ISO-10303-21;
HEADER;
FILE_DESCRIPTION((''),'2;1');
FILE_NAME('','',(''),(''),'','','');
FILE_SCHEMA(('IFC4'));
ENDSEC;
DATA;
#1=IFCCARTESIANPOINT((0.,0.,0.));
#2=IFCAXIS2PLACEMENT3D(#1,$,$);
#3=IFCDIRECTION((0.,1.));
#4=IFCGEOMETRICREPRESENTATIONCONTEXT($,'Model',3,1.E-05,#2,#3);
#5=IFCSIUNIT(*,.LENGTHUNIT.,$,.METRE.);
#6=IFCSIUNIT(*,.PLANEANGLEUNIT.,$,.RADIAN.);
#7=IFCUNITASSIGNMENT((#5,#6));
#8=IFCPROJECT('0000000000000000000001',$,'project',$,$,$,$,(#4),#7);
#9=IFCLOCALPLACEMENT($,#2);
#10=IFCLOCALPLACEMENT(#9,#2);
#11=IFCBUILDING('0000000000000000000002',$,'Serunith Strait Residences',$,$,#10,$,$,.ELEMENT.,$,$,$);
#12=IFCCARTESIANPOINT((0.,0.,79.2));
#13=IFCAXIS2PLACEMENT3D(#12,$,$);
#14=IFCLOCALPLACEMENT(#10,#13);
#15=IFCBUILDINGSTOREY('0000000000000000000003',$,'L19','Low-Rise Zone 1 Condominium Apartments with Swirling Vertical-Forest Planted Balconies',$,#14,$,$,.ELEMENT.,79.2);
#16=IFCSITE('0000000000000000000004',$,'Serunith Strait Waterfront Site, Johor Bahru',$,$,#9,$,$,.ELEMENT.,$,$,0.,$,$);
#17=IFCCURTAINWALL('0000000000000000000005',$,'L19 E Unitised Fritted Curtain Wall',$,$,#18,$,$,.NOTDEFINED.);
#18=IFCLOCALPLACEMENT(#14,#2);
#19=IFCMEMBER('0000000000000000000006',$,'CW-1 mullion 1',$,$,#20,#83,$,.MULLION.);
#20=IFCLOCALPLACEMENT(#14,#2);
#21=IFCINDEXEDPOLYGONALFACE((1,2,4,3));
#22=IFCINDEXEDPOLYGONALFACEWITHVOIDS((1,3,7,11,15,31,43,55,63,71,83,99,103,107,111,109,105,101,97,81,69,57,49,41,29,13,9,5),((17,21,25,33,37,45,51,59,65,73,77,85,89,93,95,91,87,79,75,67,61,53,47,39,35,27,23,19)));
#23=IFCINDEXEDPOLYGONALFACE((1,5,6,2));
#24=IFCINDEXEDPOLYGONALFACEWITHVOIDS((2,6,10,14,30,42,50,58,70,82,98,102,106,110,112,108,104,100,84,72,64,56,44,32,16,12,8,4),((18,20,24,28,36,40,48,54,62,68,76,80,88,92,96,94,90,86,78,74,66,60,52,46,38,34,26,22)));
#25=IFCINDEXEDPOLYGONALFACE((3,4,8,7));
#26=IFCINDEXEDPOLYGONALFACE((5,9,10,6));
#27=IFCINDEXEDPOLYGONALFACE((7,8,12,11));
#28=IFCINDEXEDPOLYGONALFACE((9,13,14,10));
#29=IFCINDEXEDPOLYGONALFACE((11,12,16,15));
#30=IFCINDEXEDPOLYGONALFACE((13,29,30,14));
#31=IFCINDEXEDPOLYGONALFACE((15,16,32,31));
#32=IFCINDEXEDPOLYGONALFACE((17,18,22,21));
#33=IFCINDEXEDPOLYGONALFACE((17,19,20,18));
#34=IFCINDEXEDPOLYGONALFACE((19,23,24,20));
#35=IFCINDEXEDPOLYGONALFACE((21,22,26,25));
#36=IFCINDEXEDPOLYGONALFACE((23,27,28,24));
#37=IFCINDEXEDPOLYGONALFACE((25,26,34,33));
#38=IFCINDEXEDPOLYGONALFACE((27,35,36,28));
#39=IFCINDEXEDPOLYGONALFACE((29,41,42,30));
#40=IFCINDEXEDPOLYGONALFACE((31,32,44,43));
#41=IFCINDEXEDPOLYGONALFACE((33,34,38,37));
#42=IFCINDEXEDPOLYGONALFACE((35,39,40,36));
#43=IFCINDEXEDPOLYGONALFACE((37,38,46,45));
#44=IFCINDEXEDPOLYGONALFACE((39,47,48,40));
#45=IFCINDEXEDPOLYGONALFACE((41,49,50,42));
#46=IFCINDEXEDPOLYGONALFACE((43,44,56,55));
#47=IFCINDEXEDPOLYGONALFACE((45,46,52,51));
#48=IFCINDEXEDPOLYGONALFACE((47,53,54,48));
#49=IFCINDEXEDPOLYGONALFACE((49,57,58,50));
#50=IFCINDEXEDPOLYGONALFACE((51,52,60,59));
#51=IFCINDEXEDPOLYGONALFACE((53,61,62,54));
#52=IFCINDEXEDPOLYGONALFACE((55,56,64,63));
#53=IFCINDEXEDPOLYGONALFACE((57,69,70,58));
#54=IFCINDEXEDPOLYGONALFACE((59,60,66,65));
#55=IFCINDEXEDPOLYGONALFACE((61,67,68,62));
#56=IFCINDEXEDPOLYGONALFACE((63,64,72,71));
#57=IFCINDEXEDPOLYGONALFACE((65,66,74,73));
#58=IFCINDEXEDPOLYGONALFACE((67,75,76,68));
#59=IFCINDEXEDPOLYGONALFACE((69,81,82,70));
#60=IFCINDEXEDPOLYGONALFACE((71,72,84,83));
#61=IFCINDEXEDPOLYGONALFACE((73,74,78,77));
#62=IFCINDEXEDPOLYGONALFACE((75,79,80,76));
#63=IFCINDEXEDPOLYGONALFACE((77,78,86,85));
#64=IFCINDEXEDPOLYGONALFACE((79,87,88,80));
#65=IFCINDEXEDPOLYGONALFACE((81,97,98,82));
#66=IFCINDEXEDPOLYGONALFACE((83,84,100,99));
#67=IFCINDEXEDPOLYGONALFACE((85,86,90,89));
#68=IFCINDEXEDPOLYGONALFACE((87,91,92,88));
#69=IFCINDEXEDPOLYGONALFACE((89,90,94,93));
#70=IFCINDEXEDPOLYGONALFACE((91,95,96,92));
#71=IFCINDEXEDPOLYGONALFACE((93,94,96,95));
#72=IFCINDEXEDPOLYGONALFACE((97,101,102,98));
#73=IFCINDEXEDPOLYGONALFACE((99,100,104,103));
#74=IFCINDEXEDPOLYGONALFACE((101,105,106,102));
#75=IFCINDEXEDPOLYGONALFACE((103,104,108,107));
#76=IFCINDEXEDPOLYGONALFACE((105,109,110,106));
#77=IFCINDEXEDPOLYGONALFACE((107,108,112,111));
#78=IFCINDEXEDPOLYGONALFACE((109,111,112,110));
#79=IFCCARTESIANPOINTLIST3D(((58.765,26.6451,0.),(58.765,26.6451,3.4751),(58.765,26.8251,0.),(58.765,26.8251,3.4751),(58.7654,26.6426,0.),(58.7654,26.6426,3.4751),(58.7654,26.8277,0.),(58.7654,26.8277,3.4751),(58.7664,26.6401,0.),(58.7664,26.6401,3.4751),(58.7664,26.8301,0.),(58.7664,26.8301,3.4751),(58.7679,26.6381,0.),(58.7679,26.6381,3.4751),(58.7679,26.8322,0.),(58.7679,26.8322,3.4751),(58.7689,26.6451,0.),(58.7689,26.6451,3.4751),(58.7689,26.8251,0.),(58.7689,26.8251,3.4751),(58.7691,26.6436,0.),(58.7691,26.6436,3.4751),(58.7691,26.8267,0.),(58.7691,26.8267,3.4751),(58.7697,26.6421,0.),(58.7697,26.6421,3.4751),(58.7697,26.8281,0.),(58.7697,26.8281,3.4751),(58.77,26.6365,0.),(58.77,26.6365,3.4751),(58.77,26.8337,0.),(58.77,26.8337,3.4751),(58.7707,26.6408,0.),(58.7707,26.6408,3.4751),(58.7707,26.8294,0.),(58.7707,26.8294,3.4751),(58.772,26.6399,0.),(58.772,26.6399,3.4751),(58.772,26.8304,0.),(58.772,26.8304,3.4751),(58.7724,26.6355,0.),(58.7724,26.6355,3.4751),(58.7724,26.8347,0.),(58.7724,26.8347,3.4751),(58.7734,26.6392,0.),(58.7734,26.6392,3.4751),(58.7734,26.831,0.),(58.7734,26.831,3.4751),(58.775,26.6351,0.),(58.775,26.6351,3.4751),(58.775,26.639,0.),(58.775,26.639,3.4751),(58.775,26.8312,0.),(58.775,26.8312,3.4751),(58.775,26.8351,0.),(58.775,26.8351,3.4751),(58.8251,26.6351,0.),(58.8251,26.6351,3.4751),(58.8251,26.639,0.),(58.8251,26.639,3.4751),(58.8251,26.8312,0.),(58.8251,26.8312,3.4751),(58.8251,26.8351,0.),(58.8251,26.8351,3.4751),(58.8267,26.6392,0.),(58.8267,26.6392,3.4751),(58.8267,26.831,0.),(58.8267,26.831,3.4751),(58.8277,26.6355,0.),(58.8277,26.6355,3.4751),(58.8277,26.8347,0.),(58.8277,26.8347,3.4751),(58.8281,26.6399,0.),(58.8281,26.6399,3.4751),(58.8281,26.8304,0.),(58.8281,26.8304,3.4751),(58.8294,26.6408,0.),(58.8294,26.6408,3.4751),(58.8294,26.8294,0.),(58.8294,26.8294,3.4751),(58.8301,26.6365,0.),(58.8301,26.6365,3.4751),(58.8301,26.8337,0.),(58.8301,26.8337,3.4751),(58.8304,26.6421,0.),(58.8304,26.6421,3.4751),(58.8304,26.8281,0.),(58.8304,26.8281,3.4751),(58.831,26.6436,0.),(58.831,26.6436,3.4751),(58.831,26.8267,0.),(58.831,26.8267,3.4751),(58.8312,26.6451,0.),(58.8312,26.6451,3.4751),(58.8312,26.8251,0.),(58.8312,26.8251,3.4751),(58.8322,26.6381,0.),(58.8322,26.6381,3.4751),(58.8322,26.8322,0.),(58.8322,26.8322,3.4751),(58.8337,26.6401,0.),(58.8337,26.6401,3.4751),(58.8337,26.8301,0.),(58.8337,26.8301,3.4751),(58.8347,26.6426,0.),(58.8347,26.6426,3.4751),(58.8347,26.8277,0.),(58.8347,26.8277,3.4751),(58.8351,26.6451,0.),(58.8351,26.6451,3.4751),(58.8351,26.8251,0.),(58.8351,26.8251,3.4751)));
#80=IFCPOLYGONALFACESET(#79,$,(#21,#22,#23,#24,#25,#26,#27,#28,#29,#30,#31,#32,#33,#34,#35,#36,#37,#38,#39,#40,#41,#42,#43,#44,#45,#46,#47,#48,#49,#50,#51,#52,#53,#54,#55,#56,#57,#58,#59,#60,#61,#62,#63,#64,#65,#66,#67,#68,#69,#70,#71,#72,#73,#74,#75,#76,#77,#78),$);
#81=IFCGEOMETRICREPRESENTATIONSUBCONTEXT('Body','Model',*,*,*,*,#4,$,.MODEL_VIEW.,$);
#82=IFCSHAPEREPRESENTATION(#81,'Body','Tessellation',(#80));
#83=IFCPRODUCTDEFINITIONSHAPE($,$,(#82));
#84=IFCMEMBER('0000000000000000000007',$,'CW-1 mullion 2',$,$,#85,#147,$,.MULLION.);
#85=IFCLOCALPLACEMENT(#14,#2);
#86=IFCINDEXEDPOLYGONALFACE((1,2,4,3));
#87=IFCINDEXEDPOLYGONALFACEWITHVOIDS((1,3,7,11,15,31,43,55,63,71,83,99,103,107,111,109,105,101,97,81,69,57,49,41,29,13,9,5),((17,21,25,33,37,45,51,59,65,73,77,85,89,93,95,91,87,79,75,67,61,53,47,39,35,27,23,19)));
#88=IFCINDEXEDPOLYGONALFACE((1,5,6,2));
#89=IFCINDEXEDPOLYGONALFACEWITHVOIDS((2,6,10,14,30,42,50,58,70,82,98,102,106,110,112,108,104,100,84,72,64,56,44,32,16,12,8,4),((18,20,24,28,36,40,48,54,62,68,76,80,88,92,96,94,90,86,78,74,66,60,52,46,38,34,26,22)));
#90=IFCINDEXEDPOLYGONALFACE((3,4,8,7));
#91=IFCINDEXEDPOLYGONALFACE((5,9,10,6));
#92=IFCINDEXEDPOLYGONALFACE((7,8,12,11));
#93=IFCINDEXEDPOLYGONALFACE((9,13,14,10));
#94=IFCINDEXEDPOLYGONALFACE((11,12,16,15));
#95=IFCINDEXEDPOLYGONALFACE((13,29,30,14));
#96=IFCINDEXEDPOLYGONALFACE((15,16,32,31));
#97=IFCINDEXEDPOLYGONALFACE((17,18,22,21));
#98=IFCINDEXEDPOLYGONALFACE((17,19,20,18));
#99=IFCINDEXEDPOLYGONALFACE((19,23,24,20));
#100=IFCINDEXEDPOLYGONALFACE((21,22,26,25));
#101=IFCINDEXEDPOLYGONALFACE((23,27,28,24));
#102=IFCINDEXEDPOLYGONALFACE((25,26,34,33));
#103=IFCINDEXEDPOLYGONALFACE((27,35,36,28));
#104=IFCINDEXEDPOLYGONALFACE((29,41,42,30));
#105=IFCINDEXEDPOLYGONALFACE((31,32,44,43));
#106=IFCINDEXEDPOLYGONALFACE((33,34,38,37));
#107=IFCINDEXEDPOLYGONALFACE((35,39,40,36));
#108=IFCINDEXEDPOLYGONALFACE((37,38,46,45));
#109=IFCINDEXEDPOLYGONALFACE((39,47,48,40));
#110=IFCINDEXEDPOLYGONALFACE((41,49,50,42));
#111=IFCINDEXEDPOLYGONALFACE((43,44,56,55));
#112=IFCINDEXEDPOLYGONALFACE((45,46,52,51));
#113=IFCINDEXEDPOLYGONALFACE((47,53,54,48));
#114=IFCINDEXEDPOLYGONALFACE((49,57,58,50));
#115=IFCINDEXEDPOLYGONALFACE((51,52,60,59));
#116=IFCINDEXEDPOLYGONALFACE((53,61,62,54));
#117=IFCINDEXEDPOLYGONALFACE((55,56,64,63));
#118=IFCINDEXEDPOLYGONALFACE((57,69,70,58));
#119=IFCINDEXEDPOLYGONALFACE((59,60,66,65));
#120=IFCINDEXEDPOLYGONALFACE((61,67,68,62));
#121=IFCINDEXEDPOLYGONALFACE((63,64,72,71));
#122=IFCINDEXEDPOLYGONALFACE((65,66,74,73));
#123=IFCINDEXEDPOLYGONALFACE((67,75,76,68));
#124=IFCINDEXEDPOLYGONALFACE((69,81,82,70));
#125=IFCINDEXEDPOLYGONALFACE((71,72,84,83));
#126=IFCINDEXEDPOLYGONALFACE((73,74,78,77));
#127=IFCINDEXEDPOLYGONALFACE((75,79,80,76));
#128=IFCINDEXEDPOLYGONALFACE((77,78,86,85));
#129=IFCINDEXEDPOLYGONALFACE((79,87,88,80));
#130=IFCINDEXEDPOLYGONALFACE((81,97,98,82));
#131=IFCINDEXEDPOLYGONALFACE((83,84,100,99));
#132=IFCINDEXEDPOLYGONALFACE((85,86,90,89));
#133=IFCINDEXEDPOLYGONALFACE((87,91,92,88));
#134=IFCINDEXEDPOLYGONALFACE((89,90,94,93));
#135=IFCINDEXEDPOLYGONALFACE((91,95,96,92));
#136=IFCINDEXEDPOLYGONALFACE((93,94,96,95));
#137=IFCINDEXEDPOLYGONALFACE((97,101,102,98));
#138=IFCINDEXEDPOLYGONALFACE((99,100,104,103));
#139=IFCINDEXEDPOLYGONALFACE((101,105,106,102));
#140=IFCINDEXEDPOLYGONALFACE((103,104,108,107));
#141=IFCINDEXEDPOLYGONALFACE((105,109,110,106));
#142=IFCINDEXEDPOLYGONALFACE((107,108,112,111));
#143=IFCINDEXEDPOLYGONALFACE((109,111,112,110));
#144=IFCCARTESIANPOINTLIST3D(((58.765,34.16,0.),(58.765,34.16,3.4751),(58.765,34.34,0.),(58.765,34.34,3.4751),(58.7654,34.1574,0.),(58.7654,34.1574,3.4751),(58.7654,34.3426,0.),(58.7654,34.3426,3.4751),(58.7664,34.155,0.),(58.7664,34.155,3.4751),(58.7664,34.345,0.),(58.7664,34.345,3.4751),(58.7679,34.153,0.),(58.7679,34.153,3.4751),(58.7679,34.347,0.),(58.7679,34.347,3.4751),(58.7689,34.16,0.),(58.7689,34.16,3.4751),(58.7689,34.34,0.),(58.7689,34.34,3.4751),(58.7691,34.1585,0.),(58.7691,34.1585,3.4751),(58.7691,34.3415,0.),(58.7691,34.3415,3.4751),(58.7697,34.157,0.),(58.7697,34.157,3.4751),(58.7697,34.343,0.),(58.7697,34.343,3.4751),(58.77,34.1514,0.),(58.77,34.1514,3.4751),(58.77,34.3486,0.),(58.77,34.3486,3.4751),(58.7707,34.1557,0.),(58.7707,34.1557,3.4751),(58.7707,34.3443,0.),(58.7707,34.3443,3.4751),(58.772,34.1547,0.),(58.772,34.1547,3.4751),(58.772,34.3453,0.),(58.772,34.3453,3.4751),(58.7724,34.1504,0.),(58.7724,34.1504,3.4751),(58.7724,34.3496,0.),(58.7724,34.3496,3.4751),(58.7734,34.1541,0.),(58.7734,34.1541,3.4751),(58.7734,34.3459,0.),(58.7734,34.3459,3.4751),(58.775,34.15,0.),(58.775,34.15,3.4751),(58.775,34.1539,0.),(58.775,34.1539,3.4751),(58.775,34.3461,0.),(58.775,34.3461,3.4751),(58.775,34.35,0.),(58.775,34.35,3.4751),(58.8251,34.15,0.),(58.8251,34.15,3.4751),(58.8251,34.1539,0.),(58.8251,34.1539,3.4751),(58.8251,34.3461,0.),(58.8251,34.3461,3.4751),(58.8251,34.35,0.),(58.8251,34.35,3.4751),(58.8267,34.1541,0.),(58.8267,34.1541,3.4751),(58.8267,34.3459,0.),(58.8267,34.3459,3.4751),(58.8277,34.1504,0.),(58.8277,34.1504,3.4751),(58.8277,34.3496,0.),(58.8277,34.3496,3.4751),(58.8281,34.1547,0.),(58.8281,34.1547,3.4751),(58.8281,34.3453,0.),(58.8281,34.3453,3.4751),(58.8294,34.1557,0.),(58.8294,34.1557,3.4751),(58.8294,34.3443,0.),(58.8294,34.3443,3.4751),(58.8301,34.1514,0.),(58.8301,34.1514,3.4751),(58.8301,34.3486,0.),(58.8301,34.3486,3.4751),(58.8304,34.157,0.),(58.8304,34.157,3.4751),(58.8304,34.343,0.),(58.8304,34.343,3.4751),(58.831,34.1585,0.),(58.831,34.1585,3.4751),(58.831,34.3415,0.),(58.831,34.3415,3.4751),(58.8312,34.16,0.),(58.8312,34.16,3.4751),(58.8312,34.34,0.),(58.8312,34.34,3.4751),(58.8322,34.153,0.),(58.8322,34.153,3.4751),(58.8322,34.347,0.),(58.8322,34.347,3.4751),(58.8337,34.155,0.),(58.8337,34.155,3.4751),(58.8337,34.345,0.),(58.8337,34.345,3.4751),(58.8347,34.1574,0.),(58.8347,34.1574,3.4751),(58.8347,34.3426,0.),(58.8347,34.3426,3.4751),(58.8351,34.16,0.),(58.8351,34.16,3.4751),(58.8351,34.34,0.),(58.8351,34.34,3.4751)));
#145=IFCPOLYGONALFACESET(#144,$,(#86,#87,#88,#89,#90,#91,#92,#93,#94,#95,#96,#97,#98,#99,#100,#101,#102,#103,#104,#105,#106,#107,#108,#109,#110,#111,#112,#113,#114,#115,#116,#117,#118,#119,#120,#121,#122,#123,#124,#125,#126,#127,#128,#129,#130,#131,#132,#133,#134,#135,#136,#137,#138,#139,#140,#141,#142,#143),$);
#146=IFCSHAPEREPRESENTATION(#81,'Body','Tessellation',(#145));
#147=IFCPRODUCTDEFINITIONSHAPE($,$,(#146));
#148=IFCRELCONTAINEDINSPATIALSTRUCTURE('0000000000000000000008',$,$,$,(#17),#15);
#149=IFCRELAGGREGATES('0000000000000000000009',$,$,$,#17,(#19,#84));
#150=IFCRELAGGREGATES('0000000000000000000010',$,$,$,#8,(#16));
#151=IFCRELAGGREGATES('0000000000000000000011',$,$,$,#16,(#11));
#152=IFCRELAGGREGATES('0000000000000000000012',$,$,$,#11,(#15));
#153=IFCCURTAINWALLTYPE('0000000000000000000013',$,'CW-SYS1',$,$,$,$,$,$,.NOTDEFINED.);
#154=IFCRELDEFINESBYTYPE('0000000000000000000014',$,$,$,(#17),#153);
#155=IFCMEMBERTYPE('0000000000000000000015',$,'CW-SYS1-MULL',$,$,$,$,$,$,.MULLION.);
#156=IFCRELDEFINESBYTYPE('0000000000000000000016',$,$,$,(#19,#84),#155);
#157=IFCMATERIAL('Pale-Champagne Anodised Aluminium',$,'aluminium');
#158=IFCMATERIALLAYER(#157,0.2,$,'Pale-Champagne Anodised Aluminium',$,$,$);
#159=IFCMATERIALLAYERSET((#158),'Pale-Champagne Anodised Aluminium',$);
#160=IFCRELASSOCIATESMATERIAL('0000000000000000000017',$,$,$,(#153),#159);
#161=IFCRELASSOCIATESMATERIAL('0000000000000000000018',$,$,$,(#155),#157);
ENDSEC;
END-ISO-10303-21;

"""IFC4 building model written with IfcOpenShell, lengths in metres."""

from ifc_helpers import new_model, si_unit, direction, frame, origin, origin_2d, place, context, subcontext, project, spatial, hollow_rectangle, extrude, source, transform, mapped, material, layer, layer_set, material_profile, profile_set, type_object, element, aggregate, save


model = new_model("IFC4")

# Units and contexts
model_context = context("Model", 3, precision=1e-05, world=origin(), true_north=direction((0.0, 1.0)))
body_context = subcontext(model_context, "Body", "Model", "MODEL_VIEW")
ifc_project = project(units=[si_unit("LENGTHUNIT", "METRE"), si_unit("PLANEANGLEUNIT", "RADIAN")], contexts=[model_context])

# Site, building, storey
site_placement = place(None, origin())
site = spatial("IfcSite", under=ifc_project, at=site_placement, Name="Serunith Strait Waterfront Site, Johor Bahru", CompositionType="ELEMENT", RefElevation=0.0)
building_placement = place(site_placement, origin())
building = spatial("IfcBuilding", under=site, at=building_placement, Name="Serunith Strait Residences", CompositionType="ELEMENT")
storey_placement = place(building_placement, frame((0.0, 0.0, 79.2)))
storey = spatial("IfcBuildingStorey", under=building, at=storey_placement, Name="L19", Description="Low-Rise Zone 1 Condominium Apartments with Swirling Vertical-Forest Planted Balconies", CompositionType="ELEMENT", Elevation=79.2)

# Curtain wall, members
ifc_material_1 = material(Name="Pale-Champagne Anodised Aluminium", Category="aluminium")
ifc_layer_1 = layer(ifc_material_1, 0.2, Name="Pale-Champagne Anodised Aluminium")
ifc_layer_set_1 = layer_set([ifc_layer_1], Name="Pale-Champagne Anodised Aluminium")
curtain_wall_type = type_object("IfcCurtainWallType", Name="CW-SYS1", PredefinedType="NOTDEFINED", material=ifc_layer_set_1)
curtain_wall_placement = place(storey_placement, origin())
curtain_wall = element("IfcCurtainWall", 1, at=curtain_wall_placement, inside=storey, type_object=curtain_wall_type, Name="L19 E Unitised Fritted Curtain Wall", PredefinedType="NOTDEFINED")
ifc_material_profile_1 = material_profile(ifc_material_1, hollow_rectangle(XDim=0.0701, YDim=0.2, WallThickness=0.0039, InnerFilletRadius=0.0061, OuterFilletRadius=0.01, at=origin_2d()), Name="ALU 200x70x4")
ifc_profile_set_1 = profile_set([ifc_material_profile_1], Name="Pale-Champagne Anodised Aluminium")
member_type_1 = type_object("IfcMemberType", Name="CW-SYS1-MULL", PredefinedType="MULLION", material=ifc_profile_set_1)
shared_shape_1 = source(origin(), body_context, "Body", "SweptSolid", [
    extrude(hollow_rectangle(XDim=0.0701, YDim=0.2, WallThickness=0.0039, InnerFilletRadius=0.0061, OuterFilletRadius=0.01, at=origin_2d()), origin(), (0.0, 0.0, 1.0), 3.4751),
])
member_1_placement = place(storey_placement, frame((58.8, 26.7351, 0.0), z_axis=(0.0, 0.0, 1.0), x_axis=(-1.0, 0.0, 0.0)))
member_1 = element("IfcMember", 2, at=member_1_placement, type_object=member_type_1, Name="CW-1 mullion 1", PredefinedType="MULLION", context=body_context, shape_type="MappedRepresentation", body=[
    mapped(shared_shape_1, transform((0.0, 0.0, 0.0), scale=1.0)),
])
member_2_placement = place(storey_placement, frame((58.8, 34.25, 0.0), z_axis=(0.0, 0.0, 1.0), x_axis=(-1.0, 0.0, 0.0)))
member_2 = element("IfcMember", 3, at=member_2_placement, type_object=member_type_1, Name="CW-1 mullion 2", PredefinedType="MULLION", context=body_context, shape_type="MappedRepresentation", body=[
    mapped(shared_shape_1, transform((0.0, 0.0, 0.0), scale=1.0)),
])
aggregate(curtain_wall, [member_1, member_2])

save(model, "model.ifc")
